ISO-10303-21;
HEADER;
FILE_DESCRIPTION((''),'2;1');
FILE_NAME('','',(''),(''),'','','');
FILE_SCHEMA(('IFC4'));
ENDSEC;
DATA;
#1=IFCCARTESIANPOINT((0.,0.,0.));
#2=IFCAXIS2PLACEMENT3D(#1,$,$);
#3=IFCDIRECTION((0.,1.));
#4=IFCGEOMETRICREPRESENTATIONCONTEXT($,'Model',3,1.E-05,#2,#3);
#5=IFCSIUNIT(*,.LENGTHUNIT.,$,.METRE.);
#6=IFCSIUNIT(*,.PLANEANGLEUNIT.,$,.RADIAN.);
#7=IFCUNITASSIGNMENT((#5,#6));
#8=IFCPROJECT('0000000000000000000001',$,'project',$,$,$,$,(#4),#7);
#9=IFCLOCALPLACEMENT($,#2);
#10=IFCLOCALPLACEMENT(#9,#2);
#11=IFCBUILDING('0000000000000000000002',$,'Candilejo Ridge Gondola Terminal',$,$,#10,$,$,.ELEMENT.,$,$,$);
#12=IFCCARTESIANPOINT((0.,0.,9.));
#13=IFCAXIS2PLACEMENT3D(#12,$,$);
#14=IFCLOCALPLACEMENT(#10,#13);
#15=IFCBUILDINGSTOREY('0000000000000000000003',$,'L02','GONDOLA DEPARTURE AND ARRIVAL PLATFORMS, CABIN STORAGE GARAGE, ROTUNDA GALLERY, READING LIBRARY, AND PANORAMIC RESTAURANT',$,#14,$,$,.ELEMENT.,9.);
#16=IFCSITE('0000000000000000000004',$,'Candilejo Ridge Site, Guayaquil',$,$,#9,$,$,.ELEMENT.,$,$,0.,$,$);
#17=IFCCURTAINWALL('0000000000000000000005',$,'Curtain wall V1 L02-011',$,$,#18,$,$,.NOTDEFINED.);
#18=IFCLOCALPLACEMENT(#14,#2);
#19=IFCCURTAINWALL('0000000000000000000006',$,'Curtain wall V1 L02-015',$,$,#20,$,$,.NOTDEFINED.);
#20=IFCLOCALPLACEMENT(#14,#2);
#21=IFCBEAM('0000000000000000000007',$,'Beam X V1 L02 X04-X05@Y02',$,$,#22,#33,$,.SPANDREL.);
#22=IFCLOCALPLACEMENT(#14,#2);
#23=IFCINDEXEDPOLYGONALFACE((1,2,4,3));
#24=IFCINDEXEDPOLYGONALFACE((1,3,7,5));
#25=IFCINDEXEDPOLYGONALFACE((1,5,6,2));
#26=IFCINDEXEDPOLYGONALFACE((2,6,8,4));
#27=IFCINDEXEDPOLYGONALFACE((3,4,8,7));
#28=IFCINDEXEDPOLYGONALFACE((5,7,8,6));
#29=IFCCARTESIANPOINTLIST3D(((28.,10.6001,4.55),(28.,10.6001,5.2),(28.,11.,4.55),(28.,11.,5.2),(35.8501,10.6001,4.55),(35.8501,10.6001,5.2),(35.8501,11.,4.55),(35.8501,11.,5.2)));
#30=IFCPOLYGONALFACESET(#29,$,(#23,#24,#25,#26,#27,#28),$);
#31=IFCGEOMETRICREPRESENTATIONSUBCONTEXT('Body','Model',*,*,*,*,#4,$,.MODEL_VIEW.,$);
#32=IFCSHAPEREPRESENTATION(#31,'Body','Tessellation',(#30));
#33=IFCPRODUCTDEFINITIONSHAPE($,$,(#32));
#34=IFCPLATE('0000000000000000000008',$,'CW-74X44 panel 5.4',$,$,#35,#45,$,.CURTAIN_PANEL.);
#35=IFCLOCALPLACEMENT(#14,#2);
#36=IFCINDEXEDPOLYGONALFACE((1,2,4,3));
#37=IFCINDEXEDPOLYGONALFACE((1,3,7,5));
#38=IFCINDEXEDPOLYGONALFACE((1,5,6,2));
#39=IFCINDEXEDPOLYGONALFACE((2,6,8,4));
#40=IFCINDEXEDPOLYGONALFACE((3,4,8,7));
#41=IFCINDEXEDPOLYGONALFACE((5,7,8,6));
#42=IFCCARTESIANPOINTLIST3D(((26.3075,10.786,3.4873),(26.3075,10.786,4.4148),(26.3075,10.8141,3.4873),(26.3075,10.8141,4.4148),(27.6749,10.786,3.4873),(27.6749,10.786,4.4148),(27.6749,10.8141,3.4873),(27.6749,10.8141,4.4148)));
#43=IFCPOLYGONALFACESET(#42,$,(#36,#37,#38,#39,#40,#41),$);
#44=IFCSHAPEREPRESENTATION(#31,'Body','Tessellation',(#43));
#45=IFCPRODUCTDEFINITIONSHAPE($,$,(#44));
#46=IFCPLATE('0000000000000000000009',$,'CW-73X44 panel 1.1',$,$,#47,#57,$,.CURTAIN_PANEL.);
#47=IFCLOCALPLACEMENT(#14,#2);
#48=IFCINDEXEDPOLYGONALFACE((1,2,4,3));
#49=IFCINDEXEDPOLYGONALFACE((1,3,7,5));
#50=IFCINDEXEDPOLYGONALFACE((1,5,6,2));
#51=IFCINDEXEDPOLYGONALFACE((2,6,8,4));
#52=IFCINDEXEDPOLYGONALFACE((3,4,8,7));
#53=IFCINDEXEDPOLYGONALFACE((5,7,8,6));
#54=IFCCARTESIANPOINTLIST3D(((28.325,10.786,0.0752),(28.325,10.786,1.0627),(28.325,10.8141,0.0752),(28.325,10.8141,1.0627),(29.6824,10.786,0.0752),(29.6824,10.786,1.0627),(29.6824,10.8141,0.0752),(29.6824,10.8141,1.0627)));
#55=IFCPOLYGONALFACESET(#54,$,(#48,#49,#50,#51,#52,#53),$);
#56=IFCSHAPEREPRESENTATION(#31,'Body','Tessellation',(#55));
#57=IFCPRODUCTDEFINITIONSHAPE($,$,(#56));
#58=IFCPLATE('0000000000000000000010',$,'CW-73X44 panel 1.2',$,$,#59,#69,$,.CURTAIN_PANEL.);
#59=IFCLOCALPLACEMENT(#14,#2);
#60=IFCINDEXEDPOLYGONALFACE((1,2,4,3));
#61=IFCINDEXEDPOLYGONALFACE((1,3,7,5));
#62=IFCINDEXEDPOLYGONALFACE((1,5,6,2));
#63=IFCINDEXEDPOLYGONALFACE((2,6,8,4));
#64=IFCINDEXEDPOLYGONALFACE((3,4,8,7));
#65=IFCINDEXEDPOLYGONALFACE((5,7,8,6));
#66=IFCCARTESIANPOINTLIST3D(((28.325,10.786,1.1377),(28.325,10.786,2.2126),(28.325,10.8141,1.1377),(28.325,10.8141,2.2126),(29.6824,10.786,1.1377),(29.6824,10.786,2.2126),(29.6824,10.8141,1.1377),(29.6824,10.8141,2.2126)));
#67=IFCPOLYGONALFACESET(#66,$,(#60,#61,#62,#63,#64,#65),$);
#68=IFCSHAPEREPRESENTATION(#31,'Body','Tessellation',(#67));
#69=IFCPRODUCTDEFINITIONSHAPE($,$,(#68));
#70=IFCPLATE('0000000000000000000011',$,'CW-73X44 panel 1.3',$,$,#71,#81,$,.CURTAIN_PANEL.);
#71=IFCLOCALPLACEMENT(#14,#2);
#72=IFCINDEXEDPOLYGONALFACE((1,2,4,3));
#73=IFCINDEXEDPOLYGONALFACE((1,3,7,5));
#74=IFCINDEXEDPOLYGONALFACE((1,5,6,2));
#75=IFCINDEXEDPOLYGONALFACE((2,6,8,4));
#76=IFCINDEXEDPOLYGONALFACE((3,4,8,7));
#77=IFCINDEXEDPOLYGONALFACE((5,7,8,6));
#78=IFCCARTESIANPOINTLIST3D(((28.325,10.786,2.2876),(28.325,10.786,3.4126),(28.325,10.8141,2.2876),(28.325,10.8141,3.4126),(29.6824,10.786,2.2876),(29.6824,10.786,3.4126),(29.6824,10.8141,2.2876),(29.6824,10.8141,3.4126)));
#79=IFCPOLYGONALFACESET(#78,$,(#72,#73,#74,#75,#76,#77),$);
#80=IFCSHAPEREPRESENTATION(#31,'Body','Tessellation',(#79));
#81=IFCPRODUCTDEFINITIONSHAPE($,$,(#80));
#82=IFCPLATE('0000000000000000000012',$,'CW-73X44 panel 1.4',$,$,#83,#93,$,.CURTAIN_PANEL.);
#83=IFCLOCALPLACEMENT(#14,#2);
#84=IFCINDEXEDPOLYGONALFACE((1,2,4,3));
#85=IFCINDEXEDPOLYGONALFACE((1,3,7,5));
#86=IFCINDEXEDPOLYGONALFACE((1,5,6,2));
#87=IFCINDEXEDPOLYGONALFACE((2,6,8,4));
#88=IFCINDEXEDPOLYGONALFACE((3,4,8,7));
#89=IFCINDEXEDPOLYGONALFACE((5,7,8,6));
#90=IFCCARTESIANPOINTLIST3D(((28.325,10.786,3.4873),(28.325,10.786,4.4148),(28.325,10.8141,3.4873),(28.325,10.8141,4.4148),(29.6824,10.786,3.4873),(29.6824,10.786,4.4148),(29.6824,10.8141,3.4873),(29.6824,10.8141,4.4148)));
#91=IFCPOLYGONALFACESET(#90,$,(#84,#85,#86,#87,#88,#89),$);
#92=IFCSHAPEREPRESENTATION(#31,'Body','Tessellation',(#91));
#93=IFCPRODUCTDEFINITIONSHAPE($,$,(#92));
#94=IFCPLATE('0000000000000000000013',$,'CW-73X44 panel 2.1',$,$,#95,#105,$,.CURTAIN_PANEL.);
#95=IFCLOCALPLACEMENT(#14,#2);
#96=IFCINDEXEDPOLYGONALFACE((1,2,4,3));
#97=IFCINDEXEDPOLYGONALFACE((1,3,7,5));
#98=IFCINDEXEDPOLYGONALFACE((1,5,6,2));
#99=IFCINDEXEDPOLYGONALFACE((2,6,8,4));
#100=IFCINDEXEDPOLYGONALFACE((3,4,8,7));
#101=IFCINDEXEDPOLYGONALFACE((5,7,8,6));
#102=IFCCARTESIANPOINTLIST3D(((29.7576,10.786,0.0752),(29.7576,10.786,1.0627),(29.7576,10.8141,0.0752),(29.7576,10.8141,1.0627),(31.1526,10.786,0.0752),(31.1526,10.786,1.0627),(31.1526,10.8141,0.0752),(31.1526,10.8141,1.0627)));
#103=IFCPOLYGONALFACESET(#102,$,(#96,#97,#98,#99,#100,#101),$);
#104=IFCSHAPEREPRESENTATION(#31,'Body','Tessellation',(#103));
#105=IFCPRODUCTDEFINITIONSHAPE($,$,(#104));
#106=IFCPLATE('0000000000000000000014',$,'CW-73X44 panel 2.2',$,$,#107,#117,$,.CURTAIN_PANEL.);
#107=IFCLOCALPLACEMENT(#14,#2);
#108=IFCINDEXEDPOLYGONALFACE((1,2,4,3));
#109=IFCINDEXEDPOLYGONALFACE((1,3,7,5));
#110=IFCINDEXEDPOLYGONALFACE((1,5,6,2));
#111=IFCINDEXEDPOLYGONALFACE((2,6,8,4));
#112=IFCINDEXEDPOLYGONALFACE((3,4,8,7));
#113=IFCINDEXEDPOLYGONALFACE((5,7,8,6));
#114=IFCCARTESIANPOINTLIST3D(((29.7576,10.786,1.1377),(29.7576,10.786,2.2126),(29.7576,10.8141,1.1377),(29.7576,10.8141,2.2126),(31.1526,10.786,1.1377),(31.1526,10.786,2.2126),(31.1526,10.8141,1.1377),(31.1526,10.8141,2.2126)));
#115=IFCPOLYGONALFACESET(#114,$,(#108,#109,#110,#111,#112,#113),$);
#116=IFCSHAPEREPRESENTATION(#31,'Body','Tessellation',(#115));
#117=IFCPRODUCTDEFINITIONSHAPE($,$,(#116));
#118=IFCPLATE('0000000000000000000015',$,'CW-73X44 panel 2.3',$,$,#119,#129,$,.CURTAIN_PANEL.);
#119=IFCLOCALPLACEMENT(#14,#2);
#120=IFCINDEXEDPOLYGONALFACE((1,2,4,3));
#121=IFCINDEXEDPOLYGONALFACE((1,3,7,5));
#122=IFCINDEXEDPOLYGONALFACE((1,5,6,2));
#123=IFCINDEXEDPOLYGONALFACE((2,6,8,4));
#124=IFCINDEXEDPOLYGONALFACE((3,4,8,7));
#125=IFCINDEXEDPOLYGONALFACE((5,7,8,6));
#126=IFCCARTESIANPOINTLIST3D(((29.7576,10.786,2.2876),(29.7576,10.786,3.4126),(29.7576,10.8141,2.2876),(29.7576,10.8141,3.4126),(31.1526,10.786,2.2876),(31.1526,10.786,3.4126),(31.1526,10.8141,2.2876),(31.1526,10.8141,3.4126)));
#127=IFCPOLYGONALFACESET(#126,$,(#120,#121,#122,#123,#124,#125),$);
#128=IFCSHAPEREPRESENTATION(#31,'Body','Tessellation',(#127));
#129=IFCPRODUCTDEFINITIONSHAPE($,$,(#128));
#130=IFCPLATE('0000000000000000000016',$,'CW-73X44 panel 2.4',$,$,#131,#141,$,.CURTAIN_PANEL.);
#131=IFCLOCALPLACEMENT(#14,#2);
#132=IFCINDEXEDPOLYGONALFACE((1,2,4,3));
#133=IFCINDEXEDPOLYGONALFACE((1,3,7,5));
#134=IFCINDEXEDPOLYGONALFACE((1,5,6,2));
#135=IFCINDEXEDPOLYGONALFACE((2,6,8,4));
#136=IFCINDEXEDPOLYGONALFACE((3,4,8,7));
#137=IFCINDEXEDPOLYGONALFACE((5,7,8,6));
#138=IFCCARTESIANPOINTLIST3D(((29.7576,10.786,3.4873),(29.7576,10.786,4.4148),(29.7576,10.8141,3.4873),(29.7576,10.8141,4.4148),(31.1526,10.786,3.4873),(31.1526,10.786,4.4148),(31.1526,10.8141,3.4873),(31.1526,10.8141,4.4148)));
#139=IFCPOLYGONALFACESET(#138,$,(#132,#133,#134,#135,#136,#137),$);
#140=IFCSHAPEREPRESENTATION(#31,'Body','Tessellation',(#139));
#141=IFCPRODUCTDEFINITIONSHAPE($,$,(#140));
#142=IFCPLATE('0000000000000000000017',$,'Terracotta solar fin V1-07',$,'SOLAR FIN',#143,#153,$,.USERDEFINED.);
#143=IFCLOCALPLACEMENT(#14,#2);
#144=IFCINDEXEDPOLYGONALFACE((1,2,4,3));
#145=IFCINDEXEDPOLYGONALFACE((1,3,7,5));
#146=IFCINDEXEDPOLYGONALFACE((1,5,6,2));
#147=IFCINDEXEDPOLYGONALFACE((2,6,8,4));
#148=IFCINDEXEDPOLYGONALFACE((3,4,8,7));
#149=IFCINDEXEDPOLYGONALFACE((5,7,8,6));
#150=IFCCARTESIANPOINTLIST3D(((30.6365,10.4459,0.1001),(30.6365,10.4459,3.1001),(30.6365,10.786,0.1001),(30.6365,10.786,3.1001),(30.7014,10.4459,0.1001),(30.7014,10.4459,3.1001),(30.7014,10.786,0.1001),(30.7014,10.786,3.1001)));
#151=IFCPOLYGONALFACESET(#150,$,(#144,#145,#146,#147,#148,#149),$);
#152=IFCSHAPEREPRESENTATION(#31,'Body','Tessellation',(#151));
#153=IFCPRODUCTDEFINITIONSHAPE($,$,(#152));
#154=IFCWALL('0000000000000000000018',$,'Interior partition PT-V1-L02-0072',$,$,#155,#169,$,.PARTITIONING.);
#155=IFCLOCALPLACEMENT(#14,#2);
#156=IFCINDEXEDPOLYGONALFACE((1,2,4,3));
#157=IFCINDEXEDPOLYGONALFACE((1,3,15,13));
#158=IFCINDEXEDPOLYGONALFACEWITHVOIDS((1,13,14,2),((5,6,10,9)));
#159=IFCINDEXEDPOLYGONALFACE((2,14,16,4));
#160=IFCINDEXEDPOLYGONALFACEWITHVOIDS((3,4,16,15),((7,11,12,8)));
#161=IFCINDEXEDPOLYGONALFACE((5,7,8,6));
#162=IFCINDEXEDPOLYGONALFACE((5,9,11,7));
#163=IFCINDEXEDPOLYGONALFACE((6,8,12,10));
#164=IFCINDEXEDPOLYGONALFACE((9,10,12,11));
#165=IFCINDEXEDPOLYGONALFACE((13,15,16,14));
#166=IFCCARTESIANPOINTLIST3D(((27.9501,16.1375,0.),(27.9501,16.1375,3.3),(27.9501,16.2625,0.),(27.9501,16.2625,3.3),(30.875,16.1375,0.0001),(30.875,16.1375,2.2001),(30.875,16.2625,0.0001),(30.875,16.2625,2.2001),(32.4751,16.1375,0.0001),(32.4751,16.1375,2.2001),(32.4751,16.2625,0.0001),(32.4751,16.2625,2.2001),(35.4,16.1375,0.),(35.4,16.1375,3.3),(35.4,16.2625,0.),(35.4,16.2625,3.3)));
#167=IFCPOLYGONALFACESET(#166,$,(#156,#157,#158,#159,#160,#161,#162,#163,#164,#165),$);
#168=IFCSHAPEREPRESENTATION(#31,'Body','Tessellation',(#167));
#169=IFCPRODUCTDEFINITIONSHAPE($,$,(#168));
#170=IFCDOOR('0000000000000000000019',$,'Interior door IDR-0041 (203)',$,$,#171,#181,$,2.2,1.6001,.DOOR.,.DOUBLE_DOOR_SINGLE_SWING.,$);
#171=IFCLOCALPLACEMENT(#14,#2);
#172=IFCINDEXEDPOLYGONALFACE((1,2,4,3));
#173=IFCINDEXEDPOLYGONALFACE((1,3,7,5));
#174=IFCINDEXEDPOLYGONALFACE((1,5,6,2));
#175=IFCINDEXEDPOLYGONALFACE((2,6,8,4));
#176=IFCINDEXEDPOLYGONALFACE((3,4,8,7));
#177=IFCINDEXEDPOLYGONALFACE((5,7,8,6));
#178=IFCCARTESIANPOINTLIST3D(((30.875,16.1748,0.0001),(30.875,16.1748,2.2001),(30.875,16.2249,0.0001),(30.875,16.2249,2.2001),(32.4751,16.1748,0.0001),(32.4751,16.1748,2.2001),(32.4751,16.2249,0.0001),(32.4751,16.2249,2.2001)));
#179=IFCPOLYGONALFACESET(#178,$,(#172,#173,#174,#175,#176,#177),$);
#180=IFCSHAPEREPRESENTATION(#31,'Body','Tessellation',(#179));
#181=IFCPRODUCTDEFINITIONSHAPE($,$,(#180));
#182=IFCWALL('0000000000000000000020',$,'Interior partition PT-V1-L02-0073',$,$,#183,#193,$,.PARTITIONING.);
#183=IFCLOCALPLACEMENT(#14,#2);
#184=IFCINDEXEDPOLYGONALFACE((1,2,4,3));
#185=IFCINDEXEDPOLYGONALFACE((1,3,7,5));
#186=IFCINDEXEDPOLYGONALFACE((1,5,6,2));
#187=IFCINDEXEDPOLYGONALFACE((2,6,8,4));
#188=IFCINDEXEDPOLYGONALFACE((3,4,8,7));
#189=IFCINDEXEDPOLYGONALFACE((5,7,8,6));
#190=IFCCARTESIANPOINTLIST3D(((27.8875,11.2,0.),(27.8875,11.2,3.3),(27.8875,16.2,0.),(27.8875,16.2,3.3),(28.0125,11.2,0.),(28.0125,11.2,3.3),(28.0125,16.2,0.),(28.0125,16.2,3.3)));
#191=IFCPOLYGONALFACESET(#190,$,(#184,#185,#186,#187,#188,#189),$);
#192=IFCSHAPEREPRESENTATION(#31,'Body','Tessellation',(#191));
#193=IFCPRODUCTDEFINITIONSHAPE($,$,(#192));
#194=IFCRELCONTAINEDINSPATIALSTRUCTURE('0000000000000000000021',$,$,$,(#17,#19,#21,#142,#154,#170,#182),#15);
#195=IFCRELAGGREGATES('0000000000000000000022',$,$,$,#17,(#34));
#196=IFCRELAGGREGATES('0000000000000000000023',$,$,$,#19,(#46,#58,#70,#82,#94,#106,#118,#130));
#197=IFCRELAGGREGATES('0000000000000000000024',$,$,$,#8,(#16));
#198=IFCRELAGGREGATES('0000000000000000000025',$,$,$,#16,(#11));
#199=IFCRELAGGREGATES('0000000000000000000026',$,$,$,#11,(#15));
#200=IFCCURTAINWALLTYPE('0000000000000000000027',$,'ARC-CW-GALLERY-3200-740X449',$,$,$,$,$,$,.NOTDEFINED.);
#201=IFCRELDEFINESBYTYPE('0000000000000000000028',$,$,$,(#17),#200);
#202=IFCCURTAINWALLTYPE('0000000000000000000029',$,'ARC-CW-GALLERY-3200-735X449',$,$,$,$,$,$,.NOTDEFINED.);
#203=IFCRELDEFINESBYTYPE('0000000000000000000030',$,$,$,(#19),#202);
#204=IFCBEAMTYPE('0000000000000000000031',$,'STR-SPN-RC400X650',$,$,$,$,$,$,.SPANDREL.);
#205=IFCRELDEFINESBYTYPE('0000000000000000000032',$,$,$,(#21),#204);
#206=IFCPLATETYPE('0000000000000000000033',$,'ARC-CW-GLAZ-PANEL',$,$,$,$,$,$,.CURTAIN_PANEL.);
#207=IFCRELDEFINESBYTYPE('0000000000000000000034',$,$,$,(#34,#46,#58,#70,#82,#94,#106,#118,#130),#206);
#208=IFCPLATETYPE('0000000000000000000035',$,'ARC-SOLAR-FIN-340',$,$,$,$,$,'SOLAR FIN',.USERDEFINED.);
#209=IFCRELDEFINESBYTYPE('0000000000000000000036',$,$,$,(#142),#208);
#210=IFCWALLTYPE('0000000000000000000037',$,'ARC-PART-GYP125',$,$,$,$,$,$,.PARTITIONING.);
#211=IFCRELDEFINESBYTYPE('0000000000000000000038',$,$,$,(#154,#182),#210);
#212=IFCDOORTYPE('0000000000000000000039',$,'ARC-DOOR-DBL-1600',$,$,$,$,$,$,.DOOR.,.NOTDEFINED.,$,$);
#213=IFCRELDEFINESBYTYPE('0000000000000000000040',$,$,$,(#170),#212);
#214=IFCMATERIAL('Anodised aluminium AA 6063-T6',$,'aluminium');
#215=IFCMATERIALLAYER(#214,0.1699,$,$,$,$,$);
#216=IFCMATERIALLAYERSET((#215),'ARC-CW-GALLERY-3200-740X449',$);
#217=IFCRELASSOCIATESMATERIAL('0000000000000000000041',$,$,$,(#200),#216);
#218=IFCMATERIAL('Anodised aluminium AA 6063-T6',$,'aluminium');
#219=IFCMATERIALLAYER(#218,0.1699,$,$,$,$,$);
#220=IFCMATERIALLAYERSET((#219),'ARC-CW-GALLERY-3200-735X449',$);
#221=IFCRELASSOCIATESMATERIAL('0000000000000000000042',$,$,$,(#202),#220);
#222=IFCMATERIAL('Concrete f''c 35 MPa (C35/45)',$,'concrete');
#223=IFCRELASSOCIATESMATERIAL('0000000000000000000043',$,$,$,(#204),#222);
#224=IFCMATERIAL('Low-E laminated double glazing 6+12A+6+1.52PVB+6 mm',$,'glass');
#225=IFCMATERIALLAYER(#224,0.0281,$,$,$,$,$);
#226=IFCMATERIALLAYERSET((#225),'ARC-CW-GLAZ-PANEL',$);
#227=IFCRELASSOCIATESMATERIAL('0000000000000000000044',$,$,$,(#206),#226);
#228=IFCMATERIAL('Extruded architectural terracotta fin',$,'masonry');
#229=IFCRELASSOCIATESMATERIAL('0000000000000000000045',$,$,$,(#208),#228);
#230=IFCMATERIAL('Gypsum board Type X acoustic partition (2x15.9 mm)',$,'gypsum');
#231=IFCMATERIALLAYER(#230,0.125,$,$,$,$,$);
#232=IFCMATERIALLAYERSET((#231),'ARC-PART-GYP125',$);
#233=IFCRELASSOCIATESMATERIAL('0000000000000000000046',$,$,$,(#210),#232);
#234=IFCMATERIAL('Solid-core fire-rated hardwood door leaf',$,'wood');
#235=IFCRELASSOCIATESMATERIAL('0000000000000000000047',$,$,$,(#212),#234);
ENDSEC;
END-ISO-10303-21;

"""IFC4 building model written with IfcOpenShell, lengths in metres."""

from ifc_helpers import new_model, si_unit, direction, frame, frame_2d, origin, origin_2d, place, context, subcontext, project, spatial, rectangle, extrude, material, layer, layer_set, material_profile, profile_set, type_object, element, fill, aggregate, save


model = new_model("IFC4")

# Units and contexts
model_context = context("Model", 3, precision=1e-05, world=origin(), true_north=direction((0.0, 1.0)))
body_context = subcontext(model_context, "Body", "Model", "MODEL_VIEW")
ifc_project = project(units=[si_unit("LENGTHUNIT", "METRE"), si_unit("PLANEANGLEUNIT", "RADIAN")], contexts=[model_context])

# Site, building, storey
site_placement = place(None, origin())
site = spatial("IfcSite", under=ifc_project, at=site_placement, Name="Candilejo Ridge Site, Guayaquil", CompositionType="ELEMENT", RefElevation=0.0)
building_placement = place(site_placement, origin())
building = spatial("IfcBuilding", under=site, at=building_placement, Name="Candilejo Ridge Gondola Terminal", CompositionType="ELEMENT")
storey_placement = place(building_placement, frame((0.0, 0.0, 9.0)))
storey = spatial("IfcBuildingStorey", under=building, at=storey_placement, Name="L02", Description="GONDOLA DEPARTURE AND ARRIVAL PLATFORMS, CABIN STORAGE GARAGE, ROTUNDA GALLERY, READING LIBRARY, AND PANORAMIC RESTAURANT", CompositionType="ELEMENT", Elevation=9.0)

# Curtain wall
ifc_material_1 = material(Name="Anodised aluminium AA 6063-T6", Category="aluminium")
ifc_layer_1 = layer(ifc_material_1, 0.1699)
ifc_layer_set_1 = layer_set([ifc_layer_1], Name="ARC-CW-GALLERY-3200-740X449")
curtain_wall_type_1 = type_object("IfcCurtainWallType", Name="ARC-CW-GALLERY-3200-740X449", PredefinedType="NOTDEFINED", material=ifc_layer_set_1)
curtain_wall_1_placement = place(storey_placement, origin())
curtain_wall_1 = element("IfcCurtainWall", 1, at=curtain_wall_1_placement, inside=storey, type_object=curtain_wall_type_1, Name="Curtain wall V1 L02-011", PredefinedType="NOTDEFINED")

# Curtain wall
ifc_material_2 = material(Name="Anodised aluminium AA 6063-T6", Category="aluminium")
ifc_layer_2 = layer(ifc_material_2, 0.1699)
ifc_layer_set_2 = layer_set([ifc_layer_2], Name="ARC-CW-GALLERY-3200-735X449")
curtain_wall_type_2 = type_object("IfcCurtainWallType", Name="ARC-CW-GALLERY-3200-735X449", PredefinedType="NOTDEFINED", material=ifc_layer_set_2)
curtain_wall_2_placement = place(storey_placement, origin())
curtain_wall_2 = element("IfcCurtainWall", 2, at=curtain_wall_2_placement, inside=storey, type_object=curtain_wall_type_2, Name="Curtain wall V1 L02-015", PredefinedType="NOTDEFINED")

# Beam
ifc_material_3 = material(Name="Concrete f'c 35 MPa (C35/45)", Category="concrete")
ifc_material_profile_1 = material_profile(ifc_material_3, rectangle(XDim=0.3999, YDim=0.6499, at=origin_2d()))
ifc_profile_set_1 = profile_set([ifc_material_profile_1], Name="Concrete f'c 35 MPa (C35/45)")
beam_type_1 = type_object("IfcBeamType", Name="STR-SPN-RC400X650", PredefinedType="SPANDREL", material=ifc_profile_set_1)
beam_1_placement = place(storey_placement, frame((28.0, 10.8, 4.875), z_axis=(1.0, 0.0, 0.0), x_axis=(0.0, 1.0, 0.0)))
element("IfcBeam", 3, at=beam_1_placement, inside=storey, type_object=beam_type_1, Name="Beam X V1 L02 X04-X05@Y02", PredefinedType="SPANDREL", context=body_context, shape_type="SweptSolid", body=[
    extrude(rectangle(XDim=0.3999, YDim=0.6499, at=origin_2d()), origin(), (0.0, 0.0, 1.0), 7.8501),
])

# Plates
ifc_material_4 = material(Name="Low-E laminated double glazing 6+12A+6+1.52PVB+6 mm", Category="glass")
ifc_layer_3 = layer(ifc_material_4, 0.0281)
ifc_layer_set_3 = layer_set([ifc_layer_3], Name="ARC-CW-GLAZ-PANEL")
plate_type_1 = type_object("IfcPlateType", Name="ARC-CW-GLAZ-PANEL", PredefinedType="CURTAIN_PANEL", material=ifc_layer_set_3)
plate_1_placement = place(storey_placement, frame((26.9912, 10.8, 3.4873), z_axis=(0.0, 0.0, 1.0), x_axis=(1.0, 0.0, 0.0)))
plate_1 = element("IfcPlate", 4, at=plate_1_placement, type_object=plate_type_1, Name="CW-74X44 panel 5.4", PredefinedType="CURTAIN_PANEL", context=body_context, shape_type="SweptSolid", body=[
    extrude(rectangle(XDim=1.3674, YDim=0.0281, at=origin_2d()), origin(), (0.0, 0.0, 1.0), 0.9275),
])
aggregate(curtain_wall_1, [plate_1])
plate_2_placement = place(storey_placement, frame((29.0037, 10.8, 0.0752), z_axis=(0.0, 0.0, 1.0), x_axis=(1.0, 0.0, 0.0)))
plate_2 = element("IfcPlate", 5, at=plate_2_placement, type_object=plate_type_1, Name="CW-73X44 panel 1.1", PredefinedType="CURTAIN_PANEL", context=body_context, shape_type="SweptSolid", body=[
    extrude(rectangle(XDim=1.3574, YDim=0.0281, at=origin_2d()), origin(), (0.0, 0.0, 1.0), 0.9875),
])
plate_3_placement = place(storey_placement, frame((29.0037, 10.8, 1.1377), z_axis=(0.0, 0.0, 1.0), x_axis=(1.0, 0.0, 0.0)))
plate_3 = element("IfcPlate", 6, at=plate_3_placement, type_object=plate_type_1, Name="CW-73X44 panel 1.2", PredefinedType="CURTAIN_PANEL", context=body_context, shape_type="SweptSolid", body=[
    extrude(rectangle(XDim=1.3574, YDim=0.0281, at=origin_2d()), origin(), (0.0, 0.0, 1.0), 1.075),
])
plate_4_placement = place(storey_placement, frame((29.0037, 10.8, 2.2876), z_axis=(0.0, 0.0, 1.0), x_axis=(1.0, 0.0, 0.0)))
plate_4 = element("IfcPlate", 7, at=plate_4_placement, type_object=plate_type_1, Name="CW-73X44 panel 1.3", PredefinedType="CURTAIN_PANEL", context=body_context, shape_type="SweptSolid", body=[
    extrude(rectangle(XDim=1.3574, YDim=0.0281, at=origin_2d()), origin(), (0.0, 0.0, 1.0), 1.125),
])
plate_5_placement = place(storey_placement, frame((29.0037, 10.8, 3.4873), z_axis=(0.0, 0.0, 1.0), x_axis=(1.0, 0.0, 0.0)))
plate_5 = element("IfcPlate", 8, at=plate_5_placement, type_object=plate_type_1, Name="CW-73X44 panel 1.4", PredefinedType="CURTAIN_PANEL", context=body_context, shape_type="SweptSolid", body=[
    extrude(rectangle(XDim=1.3574, YDim=0.0281, at=origin_2d()), origin(), (0.0, 0.0, 1.0), 0.9275),
])
plate_6_placement = place(storey_placement, frame((30.4551, 10.8, 0.0752), z_axis=(0.0, 0.0, 1.0), x_axis=(1.0, 0.0, 0.0)))
plate_6 = element("IfcPlate", 9, at=plate_6_placement, type_object=plate_type_1, Name="CW-73X44 panel 2.1", PredefinedType="CURTAIN_PANEL", context=body_context, shape_type="SweptSolid", body=[
    extrude(rectangle(XDim=1.395, YDim=0.0281, at=origin_2d()), origin(), (0.0, 0.0, 1.0), 0.9875),
])
plate_7_placement = place(storey_placement, frame((30.4551, 10.8, 1.1377), z_axis=(0.0, 0.0, 1.0), x_axis=(1.0, 0.0, 0.0)))
plate_7 = element("IfcPlate", 10, at=plate_7_placement, type_object=plate_type_1, Name="CW-73X44 panel 2.2", PredefinedType="CURTAIN_PANEL", context=body_context, shape_type="SweptSolid", body=[
    extrude(rectangle(XDim=1.395, YDim=0.0281, at=origin_2d()), origin(), (0.0, 0.0, 1.0), 1.075),
])
plate_8_placement = place(storey_placement, frame((30.4551, 10.8, 2.2876), z_axis=(0.0, 0.0, 1.0), x_axis=(1.0, 0.0, 0.0)))
plate_8 = element("IfcPlate", 11, at=plate_8_placement, type_object=plate_type_1, Name="CW-73X44 panel 2.3", PredefinedType="CURTAIN_PANEL", context=body_context, shape_type="SweptSolid", body=[
    extrude(rectangle(XDim=1.395, YDim=0.0281, at=origin_2d()), origin(), (0.0, 0.0, 1.0), 1.125),
])
plate_9_placement = place(storey_placement, frame((30.4551, 10.8, 3.4873), z_axis=(0.0, 0.0, 1.0), x_axis=(1.0, 0.0, 0.0)))
plate_9 = element("IfcPlate", 12, at=plate_9_placement, type_object=plate_type_1, Name="CW-73X44 panel 2.4", PredefinedType="CURTAIN_PANEL", context=body_context, shape_type="SweptSolid", body=[
    extrude(rectangle(XDim=1.395, YDim=0.0281, at=origin_2d()), origin(), (0.0, 0.0, 1.0), 0.9275),
])
aggregate(curtain_wall_2, [plate_2, plate_3, plate_4, plate_5, plate_6, plate_7, plate_8, plate_9])
ifc_material_5 = material(Name="Extruded architectural terracotta fin", Category="masonry")
plate_type_2 = type_object("IfcPlateType", Name="ARC-SOLAR-FIN-340", ElementType="SOLAR FIN", PredefinedType="USERDEFINED", material=ifc_material_5)
plate_10_placement = place(storey_placement, frame((30.6689, 10.616, 0.1001), z_axis=(0.0, 0.0, 1.0), x_axis=(1.0, 0.0, 0.0)))
element("IfcPlate", 13, at=plate_10_placement, inside=storey, type_object=plate_type_2, Name="Terracotta solar fin V1-07", ObjectType="SOLAR FIN", PredefinedType="USERDEFINED", context=body_context, shape_type="SweptSolid", body=[
    extrude(rectangle(XDim=0.0649, YDim=0.3401, at=origin_2d()), origin(), (0.0, 0.0, 1.0), 3.0),
])

# Wall, opening, door
ifc_material_6 = material(Name="Gypsum board Type X acoustic partition (2x15.9 mm)", Category="gypsum")
ifc_layer_4 = layer(ifc_material_6, 0.125)
ifc_layer_set_4 = layer_set([ifc_layer_4], Name="ARC-PART-GYP125")
wall_type = type_object("IfcWallType", Name="ARC-PART-GYP125", PredefinedType="PARTITIONING", material=ifc_layer_set_4)
wall_1_placement = place(storey_placement, frame((27.95, 16.2, 0.0), z_axis=(0.0, 0.0, 1.0), x_axis=(1.0, 0.0, 0.0)))
wall_1 = element("IfcWall", 14, at=wall_1_placement, inside=storey, type_object=wall_type, Name="Interior partition PT-V1-L02-0072", PredefinedType="PARTITIONING", context=body_context, shape_type="SweptSolid", body=[
    extrude(rectangle(XDim=7.45, YDim=0.125, at=frame_2d((3.7251, 0.0))), origin(), (0.0, 0.0, 1.0), 3.3),
])
opening_placement = place(wall_1_placement, frame((2.925, 0.0, 0.0)))
opening = element("IfcOpeningElement", 15, at=opening_placement, cuts=wall_1, PredefinedType="OPENING", context=body_context, shape_type="SweptSolid", body=[
    extrude(rectangle(XDim=1.6001, YDim=2.2, at=frame_2d((0.8, 1.1001))), frame((0.0, 0.0725, 0.0), z_axis=(0.0, -1.0, 0.0), x_axis=(1.0, 0.0, 0.0)), (0.0, 0.0, 1.0), 0.145),
])
ifc_material_7 = material(Name="Solid-core fire-rated hardwood door leaf", Category="wood")
door_type = type_object("IfcDoorType", Name="ARC-DOOR-DBL-1600", OperationType="NOTDEFINED", PredefinedType="DOOR", material=ifc_material_7)
door_placement = place(opening_placement, origin())
door = element("IfcDoor", 16, at=door_placement, inside=storey, type_object=door_type, Name="Interior door IDR-0041 (203)", OperationType="DOUBLE_DOOR_SINGLE_SWING", OverallHeight=2.2, OverallWidth=1.6001, PredefinedType="DOOR", context=body_context, shape_type="SweptSolid", body=[
    extrude(rectangle(XDim=1.6001, YDim=2.2, at=frame_2d((0.8, 1.1001))), frame((0.0, 0.0249, 0.0), z_axis=(0.0, -1.0, 0.0), x_axis=(1.0, 0.0, 0.0)), (0.0, 0.0, 1.0), 0.05),
])
fill(opening, door)

# Wall
wall_2_placement = place(storey_placement, frame((27.95, 11.2, 0.0), z_axis=(0.0, 0.0, 1.0), x_axis=(0.0, 1.0, 0.0)))
element("IfcWall", 17, at=wall_2_placement, inside=storey, type_object=wall_type, Name="Interior partition PT-V1-L02-0073", PredefinedType="PARTITIONING", context=body_context, shape_type="SweptSolid", body=[
    extrude(rectangle(XDim=5.0, YDim=0.125, at=frame_2d((2.5, 0.0))), origin(), (0.0, 0.0, 1.0), 3.3),
])

save(model, "model.ifc")
